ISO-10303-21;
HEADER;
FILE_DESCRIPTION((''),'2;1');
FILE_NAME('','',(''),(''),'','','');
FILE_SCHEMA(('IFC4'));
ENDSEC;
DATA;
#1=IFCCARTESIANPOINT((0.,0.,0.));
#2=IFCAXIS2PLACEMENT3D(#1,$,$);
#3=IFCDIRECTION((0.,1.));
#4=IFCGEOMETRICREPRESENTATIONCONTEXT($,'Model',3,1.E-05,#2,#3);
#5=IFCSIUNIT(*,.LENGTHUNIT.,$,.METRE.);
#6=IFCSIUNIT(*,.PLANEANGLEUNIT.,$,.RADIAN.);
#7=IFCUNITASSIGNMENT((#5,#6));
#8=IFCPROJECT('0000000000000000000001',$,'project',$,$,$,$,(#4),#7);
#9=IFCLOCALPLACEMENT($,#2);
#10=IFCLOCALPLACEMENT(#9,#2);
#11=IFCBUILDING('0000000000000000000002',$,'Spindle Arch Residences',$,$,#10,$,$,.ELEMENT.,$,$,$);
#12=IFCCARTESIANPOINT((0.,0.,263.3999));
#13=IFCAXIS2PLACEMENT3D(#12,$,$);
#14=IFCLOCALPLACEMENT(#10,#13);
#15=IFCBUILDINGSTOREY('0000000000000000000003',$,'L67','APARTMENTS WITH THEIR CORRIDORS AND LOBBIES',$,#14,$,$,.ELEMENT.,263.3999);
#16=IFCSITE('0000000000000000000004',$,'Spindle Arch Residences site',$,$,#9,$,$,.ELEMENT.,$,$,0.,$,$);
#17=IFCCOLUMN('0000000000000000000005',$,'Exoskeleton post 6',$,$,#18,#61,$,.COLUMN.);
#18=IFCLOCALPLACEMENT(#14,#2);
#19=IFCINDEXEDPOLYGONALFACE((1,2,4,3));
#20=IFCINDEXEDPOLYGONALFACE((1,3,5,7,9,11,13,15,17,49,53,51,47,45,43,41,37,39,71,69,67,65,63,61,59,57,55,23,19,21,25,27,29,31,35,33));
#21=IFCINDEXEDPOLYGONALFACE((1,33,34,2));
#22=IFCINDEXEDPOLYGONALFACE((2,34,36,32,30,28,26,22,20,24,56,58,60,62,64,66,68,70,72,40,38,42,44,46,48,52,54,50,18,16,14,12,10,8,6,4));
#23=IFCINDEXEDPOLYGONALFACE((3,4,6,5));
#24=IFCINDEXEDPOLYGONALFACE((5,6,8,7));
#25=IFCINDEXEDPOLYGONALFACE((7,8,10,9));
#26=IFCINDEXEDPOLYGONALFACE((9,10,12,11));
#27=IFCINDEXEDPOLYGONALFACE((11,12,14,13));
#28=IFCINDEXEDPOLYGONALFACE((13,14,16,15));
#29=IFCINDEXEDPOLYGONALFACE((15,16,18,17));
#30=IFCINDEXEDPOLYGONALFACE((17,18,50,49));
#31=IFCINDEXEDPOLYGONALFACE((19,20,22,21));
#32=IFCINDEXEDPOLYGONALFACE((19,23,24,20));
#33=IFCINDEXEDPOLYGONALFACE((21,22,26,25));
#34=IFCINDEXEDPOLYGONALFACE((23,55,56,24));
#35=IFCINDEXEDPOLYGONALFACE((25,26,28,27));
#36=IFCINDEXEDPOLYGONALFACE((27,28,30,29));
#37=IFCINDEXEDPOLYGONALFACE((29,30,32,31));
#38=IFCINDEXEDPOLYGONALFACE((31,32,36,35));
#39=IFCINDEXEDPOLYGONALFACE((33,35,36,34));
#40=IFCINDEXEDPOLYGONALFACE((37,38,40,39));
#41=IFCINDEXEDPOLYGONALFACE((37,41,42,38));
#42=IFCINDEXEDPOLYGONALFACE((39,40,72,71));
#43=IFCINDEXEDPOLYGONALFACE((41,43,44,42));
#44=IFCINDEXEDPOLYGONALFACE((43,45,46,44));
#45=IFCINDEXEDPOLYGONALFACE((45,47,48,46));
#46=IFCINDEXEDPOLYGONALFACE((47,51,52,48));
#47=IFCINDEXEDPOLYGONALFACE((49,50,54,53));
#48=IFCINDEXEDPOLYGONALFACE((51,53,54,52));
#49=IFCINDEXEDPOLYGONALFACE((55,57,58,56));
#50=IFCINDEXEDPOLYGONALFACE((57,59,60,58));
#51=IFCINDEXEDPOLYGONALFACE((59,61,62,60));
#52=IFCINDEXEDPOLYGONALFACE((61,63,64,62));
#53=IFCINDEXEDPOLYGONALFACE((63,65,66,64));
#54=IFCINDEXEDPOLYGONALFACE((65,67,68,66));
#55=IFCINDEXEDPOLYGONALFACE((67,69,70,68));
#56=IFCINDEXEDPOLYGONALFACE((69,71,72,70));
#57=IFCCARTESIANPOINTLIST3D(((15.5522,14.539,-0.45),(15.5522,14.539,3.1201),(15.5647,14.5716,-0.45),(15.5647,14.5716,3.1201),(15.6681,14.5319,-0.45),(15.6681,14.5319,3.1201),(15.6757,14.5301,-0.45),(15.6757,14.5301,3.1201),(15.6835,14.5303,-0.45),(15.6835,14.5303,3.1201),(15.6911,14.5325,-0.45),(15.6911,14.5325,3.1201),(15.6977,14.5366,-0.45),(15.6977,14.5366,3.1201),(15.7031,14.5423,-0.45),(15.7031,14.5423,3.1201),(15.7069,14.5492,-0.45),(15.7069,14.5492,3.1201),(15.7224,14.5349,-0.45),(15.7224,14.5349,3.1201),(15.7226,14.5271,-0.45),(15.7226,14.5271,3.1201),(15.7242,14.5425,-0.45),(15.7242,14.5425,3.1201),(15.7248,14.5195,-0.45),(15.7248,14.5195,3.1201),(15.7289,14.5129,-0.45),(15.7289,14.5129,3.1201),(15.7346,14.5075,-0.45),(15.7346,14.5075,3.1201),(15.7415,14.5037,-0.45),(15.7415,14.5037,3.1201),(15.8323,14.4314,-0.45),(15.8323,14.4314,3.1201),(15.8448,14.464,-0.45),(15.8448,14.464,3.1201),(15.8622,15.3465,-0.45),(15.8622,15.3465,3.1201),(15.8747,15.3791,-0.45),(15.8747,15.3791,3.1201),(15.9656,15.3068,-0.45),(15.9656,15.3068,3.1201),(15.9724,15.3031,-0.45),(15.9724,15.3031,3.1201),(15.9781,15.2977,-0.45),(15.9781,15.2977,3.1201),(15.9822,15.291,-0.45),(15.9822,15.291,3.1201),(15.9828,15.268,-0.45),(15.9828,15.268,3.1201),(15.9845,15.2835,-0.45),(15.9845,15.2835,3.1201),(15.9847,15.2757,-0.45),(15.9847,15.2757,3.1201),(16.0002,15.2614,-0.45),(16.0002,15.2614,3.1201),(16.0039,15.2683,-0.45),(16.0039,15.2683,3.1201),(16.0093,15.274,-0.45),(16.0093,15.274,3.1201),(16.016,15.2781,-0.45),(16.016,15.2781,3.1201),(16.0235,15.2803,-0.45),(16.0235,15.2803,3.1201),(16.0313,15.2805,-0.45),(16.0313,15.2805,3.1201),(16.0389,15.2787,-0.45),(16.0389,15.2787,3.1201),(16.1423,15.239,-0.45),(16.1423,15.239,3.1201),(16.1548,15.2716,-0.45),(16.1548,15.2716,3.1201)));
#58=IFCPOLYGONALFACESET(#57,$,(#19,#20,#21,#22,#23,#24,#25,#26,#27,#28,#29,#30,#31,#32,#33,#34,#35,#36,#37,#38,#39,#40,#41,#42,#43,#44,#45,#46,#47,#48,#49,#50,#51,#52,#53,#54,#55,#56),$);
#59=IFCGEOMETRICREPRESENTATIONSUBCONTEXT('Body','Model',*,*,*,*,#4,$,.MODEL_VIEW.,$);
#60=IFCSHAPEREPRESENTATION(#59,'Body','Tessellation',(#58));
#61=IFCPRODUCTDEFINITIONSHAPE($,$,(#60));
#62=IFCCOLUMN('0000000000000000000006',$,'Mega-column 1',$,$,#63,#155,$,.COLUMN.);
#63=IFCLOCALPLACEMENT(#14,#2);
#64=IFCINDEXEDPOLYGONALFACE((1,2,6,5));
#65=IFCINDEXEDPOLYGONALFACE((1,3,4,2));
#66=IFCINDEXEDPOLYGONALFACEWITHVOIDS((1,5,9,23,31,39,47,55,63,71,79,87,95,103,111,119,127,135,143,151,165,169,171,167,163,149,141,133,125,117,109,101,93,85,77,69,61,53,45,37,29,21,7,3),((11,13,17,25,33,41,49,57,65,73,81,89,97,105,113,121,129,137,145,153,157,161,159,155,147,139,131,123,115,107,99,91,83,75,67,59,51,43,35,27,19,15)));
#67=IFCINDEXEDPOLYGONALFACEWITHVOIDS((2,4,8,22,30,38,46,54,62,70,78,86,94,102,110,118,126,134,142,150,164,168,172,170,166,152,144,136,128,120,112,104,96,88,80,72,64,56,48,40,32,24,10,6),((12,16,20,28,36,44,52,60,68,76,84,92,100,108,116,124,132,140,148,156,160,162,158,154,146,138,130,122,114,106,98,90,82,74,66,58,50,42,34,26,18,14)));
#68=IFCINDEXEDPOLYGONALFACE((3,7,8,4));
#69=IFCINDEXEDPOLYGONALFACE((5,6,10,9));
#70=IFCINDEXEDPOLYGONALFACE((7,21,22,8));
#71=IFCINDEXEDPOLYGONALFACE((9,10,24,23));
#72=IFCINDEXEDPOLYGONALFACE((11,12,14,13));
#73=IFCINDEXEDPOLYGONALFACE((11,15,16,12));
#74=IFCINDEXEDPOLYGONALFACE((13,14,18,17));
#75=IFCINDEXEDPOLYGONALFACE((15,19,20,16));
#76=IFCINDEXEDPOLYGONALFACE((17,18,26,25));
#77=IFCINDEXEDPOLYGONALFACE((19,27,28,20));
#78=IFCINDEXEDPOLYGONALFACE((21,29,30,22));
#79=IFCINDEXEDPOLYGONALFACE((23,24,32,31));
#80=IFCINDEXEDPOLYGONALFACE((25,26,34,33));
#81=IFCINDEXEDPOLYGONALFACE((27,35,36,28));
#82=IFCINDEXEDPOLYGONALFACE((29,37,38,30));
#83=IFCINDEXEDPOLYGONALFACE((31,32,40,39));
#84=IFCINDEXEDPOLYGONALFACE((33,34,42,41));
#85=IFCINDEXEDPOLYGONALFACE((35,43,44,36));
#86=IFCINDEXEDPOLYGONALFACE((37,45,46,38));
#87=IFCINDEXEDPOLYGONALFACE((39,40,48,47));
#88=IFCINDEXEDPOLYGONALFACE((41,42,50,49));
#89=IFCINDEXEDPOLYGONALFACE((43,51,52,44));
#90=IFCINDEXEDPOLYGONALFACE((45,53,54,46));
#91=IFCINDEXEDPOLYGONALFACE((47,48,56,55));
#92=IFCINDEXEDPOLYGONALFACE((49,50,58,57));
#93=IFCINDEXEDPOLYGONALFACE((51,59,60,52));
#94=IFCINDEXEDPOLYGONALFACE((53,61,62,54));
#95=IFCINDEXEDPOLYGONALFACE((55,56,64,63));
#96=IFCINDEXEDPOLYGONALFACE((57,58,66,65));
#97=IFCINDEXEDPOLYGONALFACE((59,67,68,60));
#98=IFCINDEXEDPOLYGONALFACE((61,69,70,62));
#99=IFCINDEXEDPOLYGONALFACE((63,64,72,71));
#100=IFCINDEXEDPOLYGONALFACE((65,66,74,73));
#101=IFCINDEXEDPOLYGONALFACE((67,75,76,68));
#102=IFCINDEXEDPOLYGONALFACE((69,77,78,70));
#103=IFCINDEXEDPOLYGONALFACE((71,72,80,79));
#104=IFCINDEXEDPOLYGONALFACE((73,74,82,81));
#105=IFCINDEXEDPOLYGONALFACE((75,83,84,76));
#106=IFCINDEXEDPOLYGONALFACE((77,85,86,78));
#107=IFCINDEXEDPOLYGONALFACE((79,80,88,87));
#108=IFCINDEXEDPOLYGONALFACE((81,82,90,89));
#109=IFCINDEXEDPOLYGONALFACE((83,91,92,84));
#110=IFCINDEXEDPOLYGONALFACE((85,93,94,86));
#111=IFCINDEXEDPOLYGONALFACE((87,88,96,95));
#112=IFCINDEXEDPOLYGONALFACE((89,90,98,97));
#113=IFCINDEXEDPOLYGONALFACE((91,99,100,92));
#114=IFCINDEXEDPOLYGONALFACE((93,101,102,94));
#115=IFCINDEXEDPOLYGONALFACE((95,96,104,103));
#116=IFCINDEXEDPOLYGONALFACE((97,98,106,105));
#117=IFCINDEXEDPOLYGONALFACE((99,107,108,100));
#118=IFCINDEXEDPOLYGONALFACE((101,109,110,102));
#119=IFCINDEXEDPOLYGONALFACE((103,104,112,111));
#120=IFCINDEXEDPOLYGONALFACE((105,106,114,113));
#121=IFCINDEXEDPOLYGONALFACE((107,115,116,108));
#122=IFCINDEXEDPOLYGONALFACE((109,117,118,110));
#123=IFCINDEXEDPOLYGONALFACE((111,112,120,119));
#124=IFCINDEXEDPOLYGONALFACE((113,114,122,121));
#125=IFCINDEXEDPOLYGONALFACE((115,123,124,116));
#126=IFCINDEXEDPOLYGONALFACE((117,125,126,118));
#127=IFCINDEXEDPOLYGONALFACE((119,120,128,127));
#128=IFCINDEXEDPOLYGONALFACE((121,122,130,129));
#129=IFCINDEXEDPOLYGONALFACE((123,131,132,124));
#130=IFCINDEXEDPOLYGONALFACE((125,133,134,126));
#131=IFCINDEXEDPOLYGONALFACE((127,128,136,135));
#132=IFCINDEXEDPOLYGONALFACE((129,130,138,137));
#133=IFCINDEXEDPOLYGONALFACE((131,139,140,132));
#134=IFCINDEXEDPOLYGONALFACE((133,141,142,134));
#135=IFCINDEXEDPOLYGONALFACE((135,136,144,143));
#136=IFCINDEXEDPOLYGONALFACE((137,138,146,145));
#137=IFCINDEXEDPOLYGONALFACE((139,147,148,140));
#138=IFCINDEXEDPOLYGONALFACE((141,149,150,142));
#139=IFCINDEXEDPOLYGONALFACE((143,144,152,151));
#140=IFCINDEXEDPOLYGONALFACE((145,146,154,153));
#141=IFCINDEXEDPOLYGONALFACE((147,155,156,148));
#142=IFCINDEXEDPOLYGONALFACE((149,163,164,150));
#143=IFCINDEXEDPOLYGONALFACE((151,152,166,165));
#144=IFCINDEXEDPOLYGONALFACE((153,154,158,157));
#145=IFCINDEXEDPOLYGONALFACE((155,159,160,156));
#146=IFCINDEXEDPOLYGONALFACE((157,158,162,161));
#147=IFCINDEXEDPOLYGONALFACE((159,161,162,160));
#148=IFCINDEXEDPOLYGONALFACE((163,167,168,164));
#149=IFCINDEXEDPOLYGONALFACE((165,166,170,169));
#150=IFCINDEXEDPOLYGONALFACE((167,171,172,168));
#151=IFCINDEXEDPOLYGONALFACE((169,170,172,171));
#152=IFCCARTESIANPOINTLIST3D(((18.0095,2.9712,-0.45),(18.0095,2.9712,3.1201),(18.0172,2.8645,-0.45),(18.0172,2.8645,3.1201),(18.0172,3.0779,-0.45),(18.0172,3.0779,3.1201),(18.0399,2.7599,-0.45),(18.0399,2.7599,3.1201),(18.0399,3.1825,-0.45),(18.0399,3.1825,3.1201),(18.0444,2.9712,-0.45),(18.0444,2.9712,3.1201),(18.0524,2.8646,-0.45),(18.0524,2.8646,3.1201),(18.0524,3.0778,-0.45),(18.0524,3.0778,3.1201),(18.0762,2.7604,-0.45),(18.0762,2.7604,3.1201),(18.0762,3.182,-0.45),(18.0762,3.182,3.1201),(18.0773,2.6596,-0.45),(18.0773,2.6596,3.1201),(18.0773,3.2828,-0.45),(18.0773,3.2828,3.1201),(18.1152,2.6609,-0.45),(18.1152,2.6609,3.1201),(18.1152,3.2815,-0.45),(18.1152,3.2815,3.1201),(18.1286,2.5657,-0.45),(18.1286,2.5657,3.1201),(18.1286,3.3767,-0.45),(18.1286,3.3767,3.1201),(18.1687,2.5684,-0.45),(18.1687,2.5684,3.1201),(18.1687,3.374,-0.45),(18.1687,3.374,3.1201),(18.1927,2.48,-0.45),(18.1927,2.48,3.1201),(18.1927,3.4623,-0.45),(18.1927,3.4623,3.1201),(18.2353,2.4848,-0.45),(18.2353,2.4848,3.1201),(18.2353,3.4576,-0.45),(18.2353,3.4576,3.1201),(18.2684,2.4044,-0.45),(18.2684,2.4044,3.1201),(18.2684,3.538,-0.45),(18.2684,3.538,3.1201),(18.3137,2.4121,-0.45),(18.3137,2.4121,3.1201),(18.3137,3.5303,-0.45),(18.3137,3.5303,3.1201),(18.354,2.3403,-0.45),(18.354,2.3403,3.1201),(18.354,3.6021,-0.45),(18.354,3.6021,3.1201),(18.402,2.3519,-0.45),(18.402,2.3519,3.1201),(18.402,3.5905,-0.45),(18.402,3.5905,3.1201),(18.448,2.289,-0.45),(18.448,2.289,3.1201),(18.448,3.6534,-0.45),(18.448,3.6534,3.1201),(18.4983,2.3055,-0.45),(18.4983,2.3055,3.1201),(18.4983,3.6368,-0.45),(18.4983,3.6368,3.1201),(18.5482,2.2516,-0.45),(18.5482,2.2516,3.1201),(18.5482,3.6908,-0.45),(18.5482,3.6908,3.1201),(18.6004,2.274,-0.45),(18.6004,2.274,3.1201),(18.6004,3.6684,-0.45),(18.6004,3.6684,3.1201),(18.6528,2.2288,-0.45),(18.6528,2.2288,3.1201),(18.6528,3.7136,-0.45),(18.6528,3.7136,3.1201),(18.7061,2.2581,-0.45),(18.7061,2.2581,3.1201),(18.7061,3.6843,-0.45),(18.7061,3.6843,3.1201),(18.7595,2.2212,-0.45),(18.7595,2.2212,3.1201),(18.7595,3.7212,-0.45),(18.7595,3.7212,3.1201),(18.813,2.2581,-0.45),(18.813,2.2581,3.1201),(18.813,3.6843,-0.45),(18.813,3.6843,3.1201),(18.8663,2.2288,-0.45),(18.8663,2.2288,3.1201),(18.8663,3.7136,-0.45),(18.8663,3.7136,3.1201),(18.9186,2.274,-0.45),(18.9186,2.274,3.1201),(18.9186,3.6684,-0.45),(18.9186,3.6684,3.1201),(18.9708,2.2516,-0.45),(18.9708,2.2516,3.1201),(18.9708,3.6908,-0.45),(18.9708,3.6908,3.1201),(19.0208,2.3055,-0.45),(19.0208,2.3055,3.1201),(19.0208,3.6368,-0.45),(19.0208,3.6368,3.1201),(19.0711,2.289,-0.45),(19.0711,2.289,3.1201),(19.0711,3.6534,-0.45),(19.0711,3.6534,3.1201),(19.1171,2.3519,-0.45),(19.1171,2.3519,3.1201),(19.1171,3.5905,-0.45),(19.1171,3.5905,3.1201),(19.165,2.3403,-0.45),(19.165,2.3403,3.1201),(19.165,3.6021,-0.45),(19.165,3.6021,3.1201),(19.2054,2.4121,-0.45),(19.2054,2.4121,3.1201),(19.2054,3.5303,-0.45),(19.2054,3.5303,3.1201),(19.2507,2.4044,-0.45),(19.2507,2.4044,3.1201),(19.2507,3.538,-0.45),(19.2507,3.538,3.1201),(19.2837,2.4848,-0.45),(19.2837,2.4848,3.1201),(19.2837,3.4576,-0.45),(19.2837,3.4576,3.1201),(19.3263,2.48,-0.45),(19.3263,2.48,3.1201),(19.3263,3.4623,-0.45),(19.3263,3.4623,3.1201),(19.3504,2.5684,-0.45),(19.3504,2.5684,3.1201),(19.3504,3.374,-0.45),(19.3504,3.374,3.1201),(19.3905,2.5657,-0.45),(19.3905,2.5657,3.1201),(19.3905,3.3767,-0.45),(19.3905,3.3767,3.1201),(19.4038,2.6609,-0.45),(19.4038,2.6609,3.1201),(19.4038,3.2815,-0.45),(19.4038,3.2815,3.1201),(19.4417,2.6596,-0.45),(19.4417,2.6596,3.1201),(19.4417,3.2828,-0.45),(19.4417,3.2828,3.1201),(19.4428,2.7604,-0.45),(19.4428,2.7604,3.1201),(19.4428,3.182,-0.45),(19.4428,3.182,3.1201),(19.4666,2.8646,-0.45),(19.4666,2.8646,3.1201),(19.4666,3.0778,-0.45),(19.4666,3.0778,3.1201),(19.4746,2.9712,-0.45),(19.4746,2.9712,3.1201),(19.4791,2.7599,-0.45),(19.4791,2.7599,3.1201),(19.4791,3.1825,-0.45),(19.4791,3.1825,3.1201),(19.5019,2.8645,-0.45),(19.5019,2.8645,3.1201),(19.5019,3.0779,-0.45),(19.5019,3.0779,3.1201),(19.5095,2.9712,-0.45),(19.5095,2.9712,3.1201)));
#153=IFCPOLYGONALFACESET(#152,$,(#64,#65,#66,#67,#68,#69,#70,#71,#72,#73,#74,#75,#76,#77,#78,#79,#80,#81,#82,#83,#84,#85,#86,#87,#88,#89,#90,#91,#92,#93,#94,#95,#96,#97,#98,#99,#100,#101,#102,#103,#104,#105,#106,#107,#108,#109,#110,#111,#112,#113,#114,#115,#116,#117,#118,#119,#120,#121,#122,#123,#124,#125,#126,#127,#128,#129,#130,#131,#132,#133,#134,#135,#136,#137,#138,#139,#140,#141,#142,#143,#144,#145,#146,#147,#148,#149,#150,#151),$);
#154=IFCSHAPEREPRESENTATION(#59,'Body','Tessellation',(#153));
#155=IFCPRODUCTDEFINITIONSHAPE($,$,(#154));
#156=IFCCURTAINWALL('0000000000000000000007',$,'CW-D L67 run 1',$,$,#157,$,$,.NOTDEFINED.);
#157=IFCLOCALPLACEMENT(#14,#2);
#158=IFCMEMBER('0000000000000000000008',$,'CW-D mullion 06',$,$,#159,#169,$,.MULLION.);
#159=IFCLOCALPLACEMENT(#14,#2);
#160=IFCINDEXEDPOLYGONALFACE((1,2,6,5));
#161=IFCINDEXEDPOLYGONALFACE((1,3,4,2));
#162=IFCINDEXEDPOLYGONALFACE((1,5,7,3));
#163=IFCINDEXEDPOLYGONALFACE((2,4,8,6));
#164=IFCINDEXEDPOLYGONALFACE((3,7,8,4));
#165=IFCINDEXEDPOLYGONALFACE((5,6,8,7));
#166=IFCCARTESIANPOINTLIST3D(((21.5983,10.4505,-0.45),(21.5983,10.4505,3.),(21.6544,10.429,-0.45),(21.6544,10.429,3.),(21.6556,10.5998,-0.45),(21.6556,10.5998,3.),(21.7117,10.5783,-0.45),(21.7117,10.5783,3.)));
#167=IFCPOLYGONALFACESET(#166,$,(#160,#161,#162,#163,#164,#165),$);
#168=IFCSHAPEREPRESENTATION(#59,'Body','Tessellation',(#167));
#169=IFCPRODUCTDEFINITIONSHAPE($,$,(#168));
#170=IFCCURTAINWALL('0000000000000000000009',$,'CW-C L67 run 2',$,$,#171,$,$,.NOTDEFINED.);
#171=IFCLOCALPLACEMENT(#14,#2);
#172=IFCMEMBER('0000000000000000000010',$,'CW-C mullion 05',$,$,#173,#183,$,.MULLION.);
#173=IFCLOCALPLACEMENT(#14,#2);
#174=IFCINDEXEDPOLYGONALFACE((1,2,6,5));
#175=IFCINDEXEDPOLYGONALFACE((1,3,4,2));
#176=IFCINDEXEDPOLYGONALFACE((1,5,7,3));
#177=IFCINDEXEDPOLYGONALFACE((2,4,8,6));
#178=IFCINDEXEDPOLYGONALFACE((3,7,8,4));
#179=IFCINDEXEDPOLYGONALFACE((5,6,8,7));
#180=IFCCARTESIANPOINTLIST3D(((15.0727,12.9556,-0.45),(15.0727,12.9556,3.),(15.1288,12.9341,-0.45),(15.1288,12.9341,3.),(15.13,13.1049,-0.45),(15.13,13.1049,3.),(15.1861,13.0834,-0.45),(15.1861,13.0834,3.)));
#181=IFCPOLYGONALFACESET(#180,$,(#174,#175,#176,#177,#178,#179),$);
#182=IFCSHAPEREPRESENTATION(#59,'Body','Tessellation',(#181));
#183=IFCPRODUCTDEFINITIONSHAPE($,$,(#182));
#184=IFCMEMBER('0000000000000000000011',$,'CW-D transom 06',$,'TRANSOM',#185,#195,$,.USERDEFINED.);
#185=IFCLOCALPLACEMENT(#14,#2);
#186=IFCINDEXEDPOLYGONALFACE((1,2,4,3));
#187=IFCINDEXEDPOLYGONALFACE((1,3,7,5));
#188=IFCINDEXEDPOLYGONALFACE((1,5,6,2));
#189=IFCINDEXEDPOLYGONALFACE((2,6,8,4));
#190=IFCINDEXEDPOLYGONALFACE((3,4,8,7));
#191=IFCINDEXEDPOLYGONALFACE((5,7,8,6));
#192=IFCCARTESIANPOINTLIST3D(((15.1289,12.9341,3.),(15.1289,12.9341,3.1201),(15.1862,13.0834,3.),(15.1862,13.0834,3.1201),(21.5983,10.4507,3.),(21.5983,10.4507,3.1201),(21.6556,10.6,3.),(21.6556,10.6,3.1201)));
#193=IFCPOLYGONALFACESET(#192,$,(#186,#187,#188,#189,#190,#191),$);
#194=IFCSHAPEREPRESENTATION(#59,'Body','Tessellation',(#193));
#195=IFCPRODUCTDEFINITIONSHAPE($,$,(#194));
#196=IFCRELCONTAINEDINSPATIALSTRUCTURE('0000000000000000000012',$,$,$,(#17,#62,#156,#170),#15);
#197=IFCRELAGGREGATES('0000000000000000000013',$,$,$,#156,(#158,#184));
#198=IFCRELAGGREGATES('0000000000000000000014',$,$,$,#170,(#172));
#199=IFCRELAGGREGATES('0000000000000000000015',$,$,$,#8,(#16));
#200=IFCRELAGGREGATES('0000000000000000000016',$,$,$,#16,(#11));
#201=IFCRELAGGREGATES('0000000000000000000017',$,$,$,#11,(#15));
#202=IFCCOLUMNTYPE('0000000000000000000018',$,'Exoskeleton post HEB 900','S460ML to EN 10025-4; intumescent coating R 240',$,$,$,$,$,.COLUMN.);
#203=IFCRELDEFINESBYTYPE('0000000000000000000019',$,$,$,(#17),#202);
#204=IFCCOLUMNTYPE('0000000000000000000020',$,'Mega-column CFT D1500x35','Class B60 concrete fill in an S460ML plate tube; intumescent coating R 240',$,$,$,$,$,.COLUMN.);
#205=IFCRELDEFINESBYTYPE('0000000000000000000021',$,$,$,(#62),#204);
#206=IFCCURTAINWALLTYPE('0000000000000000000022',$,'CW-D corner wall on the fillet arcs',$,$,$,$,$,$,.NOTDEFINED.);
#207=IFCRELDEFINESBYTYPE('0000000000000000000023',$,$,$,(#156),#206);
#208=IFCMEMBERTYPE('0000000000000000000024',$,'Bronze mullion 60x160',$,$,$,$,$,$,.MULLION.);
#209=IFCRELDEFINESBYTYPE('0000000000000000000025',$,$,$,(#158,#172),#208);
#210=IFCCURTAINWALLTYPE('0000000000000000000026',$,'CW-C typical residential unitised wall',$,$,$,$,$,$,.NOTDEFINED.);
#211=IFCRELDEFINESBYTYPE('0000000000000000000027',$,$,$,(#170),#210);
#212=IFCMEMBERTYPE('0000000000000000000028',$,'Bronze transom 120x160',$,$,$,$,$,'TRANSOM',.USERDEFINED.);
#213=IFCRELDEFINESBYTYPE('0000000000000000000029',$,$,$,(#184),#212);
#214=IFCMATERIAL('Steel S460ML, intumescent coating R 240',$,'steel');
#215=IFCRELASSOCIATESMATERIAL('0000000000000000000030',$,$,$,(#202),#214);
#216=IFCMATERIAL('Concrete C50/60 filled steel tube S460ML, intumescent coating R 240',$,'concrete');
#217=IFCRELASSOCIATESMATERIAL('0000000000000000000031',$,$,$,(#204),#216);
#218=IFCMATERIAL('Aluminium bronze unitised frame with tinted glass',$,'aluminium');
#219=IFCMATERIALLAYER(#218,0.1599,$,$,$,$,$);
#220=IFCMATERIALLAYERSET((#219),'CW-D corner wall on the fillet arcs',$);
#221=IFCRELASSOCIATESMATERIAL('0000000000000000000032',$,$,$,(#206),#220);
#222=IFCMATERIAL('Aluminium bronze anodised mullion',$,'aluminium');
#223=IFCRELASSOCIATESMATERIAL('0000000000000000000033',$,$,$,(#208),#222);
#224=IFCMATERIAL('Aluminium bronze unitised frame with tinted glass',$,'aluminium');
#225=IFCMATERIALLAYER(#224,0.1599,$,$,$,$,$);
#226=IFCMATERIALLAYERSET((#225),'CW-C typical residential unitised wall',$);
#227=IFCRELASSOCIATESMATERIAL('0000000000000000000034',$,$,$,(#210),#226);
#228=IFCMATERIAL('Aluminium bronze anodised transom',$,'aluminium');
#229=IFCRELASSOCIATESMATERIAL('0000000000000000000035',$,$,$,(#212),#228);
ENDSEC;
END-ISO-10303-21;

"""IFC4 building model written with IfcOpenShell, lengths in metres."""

from ifc_helpers import new_model, si_unit, direction, frame, origin, origin_2d, place, context, subcontext, project, spatial, rectangle, hollow_circle, i_section, extrude, material, layer, layer_set, material_profile, profile_set, type_object, element, aggregate, save


model = new_model("IFC4")

# Units and contexts
model_context = context("Model", 3, precision=1e-05, world=origin(), true_north=direction((0.0, 1.0)))
body_context = subcontext(model_context, "Body", "Model", "MODEL_VIEW")
ifc_project = project(units=[si_unit("LENGTHUNIT", "METRE"), si_unit("PLANEANGLEUNIT", "RADIAN")], contexts=[model_context])

# Site, building, storey
site_placement = place(None, origin())
site = spatial("IfcSite", under=ifc_project, at=site_placement, Name="Spindle Arch Residences site", CompositionType="ELEMENT", RefElevation=0.0)
building_placement = place(site_placement, origin())
building = spatial("IfcBuilding", under=site, at=building_placement, Name="Spindle Arch Residences", CompositionType="ELEMENT")
storey_placement = place(building_placement, frame((0.0, 0.0, 263.3999)))
storey = spatial("IfcBuildingStorey", under=building, at=storey_placement, Name="L67", Description="APARTMENTS WITH THEIR CORRIDORS AND LOBBIES", CompositionType="ELEMENT", Elevation=263.3999)

# Columns
ifc_material_1 = material(Name="Steel S460ML, intumescent coating R 240", Category="steel")
ifc_material_profile_1 = material_profile(ifc_material_1, i_section(OverallWidth=0.3, OverallDepth=0.8999, WebThickness=0.0186, FlangeThickness=0.0349, FilletRadius=0.03, at=origin_2d()), Name="HEB 900")
ifc_profile_set_1 = profile_set([ifc_material_profile_1], Name="Steel S460ML, intumescent coating R 240")
column_type_1 = type_object("IfcColumnType", Name="Exoskeleton post HEB 900", Description="S460ML to EN 10025-4; intumescent coating R 240", PredefinedType="COLUMN", material=ifc_profile_set_1)
column_1_placement = place(storey_placement, frame((15.8535, 14.9053, -0.45), z_axis=(0.0, 0.0, 1.0), x_axis=(0.93358, -0.358368, 0.0)))
element("IfcColumn", 1, at=column_1_placement, inside=storey, type_object=column_type_1, Name="Exoskeleton post 6", PredefinedType="COLUMN", context=body_context, shape_type="SweptSolid", body=[
    extrude(i_section(OverallWidth=0.3, OverallDepth=0.8999, WebThickness=0.0186, FlangeThickness=0.0349, FilletRadius=0.03, at=origin_2d()), origin(), (0.0, 0.0, 1.0), 3.5701),
])
ifc_material_2 = material(Name="Concrete C50/60 filled steel tube S460ML, intumescent coating R 240", Category="concrete")
ifc_material_profile_2 = material_profile(ifc_material_2, hollow_circle(Radius=0.75, WallThickness=0.0349, at=origin_2d()), Name="CFT D1500x35")
ifc_profile_set_2 = profile_set([ifc_material_profile_2], Name="Concrete C50/60 filled steel tube S460ML, intumescent coating R 240")
column_type_2 = type_object("IfcColumnType", Name="Mega-column CFT D1500x35", Description="Class B60 concrete fill in an S460ML plate tube; intumescent coating R 240", PredefinedType="COLUMN", material=ifc_profile_set_2)
column_2_placement = place(storey_placement, frame((18.7595, 2.9712, -0.45), z_axis=(0.0, 0.0, 1.0), x_axis=(1.0, 0.0, 0.0)))
element("IfcColumn", 2, at=column_2_placement, inside=storey, type_object=column_type_2, Name="Mega-column 1", PredefinedType="COLUMN", context=body_context, shape_type="SweptSolid", body=[
    extrude(hollow_circle(Radius=0.75, WallThickness=0.0349, at=origin_2d()), origin(), (0.0, 0.0, 1.0), 3.5701),
])

# Curtain walls, members
ifc_material_3 = material(Name="Aluminium bronze unitised frame with tinted glass", Category="aluminium")
ifc_layer_1 = layer(ifc_material_3, 0.1599)
ifc_layer_set_1 = layer_set([ifc_layer_1], Name="CW-D corner wall on the fillet arcs")
curtain_wall_type_1 = type_object("IfcCurtainWallType", Name="CW-D corner wall on the fillet arcs", PredefinedType="NOTDEFINED", material=ifc_layer_set_1)
curtain_wall_1_placement = place(storey_placement, origin())
curtain_wall_1 = element("IfcCurtainWall", 3, at=curtain_wall_1_placement, inside=storey, type_object=curtain_wall_type_1, Name="CW-D L67 run 1", PredefinedType="NOTDEFINED")
ifc_material_4 = material(Name="Aluminium bronze anodised mullion", Category="aluminium")
ifc_material_profile_3 = material_profile(ifc_material_4, rectangle(XDim=0.1599, YDim=0.0601, at=origin_2d()), Name="MU 60x160")
ifc_profile_set_3 = profile_set([ifc_material_profile_3], Name="Aluminium bronze anodised mullion")
member_type_1 = type_object("IfcMemberType", Name="Bronze mullion 60x160", PredefinedType="MULLION", material=ifc_profile_set_3)
member_1_placement = place(storey_placement, frame((21.655, 10.5144, -0.45), z_axis=(0.0, 0.0, 1.0), x_axis=(-0.358368, -0.93358, 0.0)))
member_1 = element("IfcMember", 4, at=member_1_placement, type_object=member_type_1, Name="CW-D mullion 06", PredefinedType="MULLION", context=body_context, shape_type="SweptSolid", body=[
    extrude(rectangle(XDim=0.1599, YDim=0.0601, at=origin_2d()), origin(), (0.0, 0.0, 1.0), 3.45),
])
ifc_material_5 = material(Name="Aluminium bronze unitised frame with tinted glass", Category="aluminium")
ifc_layer_2 = layer(ifc_material_5, 0.1599)
ifc_layer_set_2 = layer_set([ifc_layer_2], Name="CW-C typical residential unitised wall")
curtain_wall_type_2 = type_object("IfcCurtainWallType", Name="CW-C typical residential unitised wall", PredefinedType="NOTDEFINED", material=ifc_layer_set_2)
curtain_wall_2_placement = place(storey_placement, origin())
curtain_wall_2 = element("IfcCurtainWall", 5, at=curtain_wall_2_placement, inside=storey, type_object=curtain_wall_type_2, Name="CW-C L67 run 2", PredefinedType="NOTDEFINED")
member_2_placement = place(storey_placement, frame((15.1294, 13.0195, -0.45), z_axis=(0.0, 0.0, 1.0), x_axis=(-0.358368, -0.93358, 0.0)))
member_2 = element("IfcMember", 6, at=member_2_placement, type_object=member_type_1, Name="CW-C mullion 05", PredefinedType="MULLION", context=body_context, shape_type="SweptSolid", body=[
    extrude(rectangle(XDim=0.1599, YDim=0.0601, at=origin_2d()), origin(), (0.0, 0.0, 1.0), 3.45),
])

# Member
ifc_material_6 = material(Name="Aluminium bronze anodised transom", Category="aluminium")
ifc_material_profile_4 = material_profile(ifc_material_6, rectangle(XDim=0.1599, YDim=0.1201, at=origin_2d()), Name="TR 120x160")
ifc_profile_set_4 = profile_set([ifc_material_profile_4], Name="Aluminium bronze anodised transom")
member_type_2 = type_object("IfcMemberType", Name="Bronze transom 120x160", ElementType="TRANSOM", PredefinedType="USERDEFINED", material=ifc_profile_set_4)
member_3_placement = place(storey_placement, frame((21.627, 10.5254, 3.0601), z_axis=(-0.933581, 0.358368, 0.0), x_axis=(-0.358368, -0.933581, 0.0)))
member_3 = element("IfcMember", 7, at=member_3_placement, type_object=member_type_2, Name="CW-D transom 06", ObjectType="TRANSOM", PredefinedType="USERDEFINED", context=body_context, shape_type="SweptSolid", body=[
    extrude(rectangle(XDim=0.1599, YDim=0.1201, at=origin_2d()), origin(), (0.0, 0.0, 1.0), 6.9297),
])

aggregate(curtain_wall_1, [member_1, member_3])
aggregate(curtain_wall_2, [member_2])

save(model, "model.ifc")
